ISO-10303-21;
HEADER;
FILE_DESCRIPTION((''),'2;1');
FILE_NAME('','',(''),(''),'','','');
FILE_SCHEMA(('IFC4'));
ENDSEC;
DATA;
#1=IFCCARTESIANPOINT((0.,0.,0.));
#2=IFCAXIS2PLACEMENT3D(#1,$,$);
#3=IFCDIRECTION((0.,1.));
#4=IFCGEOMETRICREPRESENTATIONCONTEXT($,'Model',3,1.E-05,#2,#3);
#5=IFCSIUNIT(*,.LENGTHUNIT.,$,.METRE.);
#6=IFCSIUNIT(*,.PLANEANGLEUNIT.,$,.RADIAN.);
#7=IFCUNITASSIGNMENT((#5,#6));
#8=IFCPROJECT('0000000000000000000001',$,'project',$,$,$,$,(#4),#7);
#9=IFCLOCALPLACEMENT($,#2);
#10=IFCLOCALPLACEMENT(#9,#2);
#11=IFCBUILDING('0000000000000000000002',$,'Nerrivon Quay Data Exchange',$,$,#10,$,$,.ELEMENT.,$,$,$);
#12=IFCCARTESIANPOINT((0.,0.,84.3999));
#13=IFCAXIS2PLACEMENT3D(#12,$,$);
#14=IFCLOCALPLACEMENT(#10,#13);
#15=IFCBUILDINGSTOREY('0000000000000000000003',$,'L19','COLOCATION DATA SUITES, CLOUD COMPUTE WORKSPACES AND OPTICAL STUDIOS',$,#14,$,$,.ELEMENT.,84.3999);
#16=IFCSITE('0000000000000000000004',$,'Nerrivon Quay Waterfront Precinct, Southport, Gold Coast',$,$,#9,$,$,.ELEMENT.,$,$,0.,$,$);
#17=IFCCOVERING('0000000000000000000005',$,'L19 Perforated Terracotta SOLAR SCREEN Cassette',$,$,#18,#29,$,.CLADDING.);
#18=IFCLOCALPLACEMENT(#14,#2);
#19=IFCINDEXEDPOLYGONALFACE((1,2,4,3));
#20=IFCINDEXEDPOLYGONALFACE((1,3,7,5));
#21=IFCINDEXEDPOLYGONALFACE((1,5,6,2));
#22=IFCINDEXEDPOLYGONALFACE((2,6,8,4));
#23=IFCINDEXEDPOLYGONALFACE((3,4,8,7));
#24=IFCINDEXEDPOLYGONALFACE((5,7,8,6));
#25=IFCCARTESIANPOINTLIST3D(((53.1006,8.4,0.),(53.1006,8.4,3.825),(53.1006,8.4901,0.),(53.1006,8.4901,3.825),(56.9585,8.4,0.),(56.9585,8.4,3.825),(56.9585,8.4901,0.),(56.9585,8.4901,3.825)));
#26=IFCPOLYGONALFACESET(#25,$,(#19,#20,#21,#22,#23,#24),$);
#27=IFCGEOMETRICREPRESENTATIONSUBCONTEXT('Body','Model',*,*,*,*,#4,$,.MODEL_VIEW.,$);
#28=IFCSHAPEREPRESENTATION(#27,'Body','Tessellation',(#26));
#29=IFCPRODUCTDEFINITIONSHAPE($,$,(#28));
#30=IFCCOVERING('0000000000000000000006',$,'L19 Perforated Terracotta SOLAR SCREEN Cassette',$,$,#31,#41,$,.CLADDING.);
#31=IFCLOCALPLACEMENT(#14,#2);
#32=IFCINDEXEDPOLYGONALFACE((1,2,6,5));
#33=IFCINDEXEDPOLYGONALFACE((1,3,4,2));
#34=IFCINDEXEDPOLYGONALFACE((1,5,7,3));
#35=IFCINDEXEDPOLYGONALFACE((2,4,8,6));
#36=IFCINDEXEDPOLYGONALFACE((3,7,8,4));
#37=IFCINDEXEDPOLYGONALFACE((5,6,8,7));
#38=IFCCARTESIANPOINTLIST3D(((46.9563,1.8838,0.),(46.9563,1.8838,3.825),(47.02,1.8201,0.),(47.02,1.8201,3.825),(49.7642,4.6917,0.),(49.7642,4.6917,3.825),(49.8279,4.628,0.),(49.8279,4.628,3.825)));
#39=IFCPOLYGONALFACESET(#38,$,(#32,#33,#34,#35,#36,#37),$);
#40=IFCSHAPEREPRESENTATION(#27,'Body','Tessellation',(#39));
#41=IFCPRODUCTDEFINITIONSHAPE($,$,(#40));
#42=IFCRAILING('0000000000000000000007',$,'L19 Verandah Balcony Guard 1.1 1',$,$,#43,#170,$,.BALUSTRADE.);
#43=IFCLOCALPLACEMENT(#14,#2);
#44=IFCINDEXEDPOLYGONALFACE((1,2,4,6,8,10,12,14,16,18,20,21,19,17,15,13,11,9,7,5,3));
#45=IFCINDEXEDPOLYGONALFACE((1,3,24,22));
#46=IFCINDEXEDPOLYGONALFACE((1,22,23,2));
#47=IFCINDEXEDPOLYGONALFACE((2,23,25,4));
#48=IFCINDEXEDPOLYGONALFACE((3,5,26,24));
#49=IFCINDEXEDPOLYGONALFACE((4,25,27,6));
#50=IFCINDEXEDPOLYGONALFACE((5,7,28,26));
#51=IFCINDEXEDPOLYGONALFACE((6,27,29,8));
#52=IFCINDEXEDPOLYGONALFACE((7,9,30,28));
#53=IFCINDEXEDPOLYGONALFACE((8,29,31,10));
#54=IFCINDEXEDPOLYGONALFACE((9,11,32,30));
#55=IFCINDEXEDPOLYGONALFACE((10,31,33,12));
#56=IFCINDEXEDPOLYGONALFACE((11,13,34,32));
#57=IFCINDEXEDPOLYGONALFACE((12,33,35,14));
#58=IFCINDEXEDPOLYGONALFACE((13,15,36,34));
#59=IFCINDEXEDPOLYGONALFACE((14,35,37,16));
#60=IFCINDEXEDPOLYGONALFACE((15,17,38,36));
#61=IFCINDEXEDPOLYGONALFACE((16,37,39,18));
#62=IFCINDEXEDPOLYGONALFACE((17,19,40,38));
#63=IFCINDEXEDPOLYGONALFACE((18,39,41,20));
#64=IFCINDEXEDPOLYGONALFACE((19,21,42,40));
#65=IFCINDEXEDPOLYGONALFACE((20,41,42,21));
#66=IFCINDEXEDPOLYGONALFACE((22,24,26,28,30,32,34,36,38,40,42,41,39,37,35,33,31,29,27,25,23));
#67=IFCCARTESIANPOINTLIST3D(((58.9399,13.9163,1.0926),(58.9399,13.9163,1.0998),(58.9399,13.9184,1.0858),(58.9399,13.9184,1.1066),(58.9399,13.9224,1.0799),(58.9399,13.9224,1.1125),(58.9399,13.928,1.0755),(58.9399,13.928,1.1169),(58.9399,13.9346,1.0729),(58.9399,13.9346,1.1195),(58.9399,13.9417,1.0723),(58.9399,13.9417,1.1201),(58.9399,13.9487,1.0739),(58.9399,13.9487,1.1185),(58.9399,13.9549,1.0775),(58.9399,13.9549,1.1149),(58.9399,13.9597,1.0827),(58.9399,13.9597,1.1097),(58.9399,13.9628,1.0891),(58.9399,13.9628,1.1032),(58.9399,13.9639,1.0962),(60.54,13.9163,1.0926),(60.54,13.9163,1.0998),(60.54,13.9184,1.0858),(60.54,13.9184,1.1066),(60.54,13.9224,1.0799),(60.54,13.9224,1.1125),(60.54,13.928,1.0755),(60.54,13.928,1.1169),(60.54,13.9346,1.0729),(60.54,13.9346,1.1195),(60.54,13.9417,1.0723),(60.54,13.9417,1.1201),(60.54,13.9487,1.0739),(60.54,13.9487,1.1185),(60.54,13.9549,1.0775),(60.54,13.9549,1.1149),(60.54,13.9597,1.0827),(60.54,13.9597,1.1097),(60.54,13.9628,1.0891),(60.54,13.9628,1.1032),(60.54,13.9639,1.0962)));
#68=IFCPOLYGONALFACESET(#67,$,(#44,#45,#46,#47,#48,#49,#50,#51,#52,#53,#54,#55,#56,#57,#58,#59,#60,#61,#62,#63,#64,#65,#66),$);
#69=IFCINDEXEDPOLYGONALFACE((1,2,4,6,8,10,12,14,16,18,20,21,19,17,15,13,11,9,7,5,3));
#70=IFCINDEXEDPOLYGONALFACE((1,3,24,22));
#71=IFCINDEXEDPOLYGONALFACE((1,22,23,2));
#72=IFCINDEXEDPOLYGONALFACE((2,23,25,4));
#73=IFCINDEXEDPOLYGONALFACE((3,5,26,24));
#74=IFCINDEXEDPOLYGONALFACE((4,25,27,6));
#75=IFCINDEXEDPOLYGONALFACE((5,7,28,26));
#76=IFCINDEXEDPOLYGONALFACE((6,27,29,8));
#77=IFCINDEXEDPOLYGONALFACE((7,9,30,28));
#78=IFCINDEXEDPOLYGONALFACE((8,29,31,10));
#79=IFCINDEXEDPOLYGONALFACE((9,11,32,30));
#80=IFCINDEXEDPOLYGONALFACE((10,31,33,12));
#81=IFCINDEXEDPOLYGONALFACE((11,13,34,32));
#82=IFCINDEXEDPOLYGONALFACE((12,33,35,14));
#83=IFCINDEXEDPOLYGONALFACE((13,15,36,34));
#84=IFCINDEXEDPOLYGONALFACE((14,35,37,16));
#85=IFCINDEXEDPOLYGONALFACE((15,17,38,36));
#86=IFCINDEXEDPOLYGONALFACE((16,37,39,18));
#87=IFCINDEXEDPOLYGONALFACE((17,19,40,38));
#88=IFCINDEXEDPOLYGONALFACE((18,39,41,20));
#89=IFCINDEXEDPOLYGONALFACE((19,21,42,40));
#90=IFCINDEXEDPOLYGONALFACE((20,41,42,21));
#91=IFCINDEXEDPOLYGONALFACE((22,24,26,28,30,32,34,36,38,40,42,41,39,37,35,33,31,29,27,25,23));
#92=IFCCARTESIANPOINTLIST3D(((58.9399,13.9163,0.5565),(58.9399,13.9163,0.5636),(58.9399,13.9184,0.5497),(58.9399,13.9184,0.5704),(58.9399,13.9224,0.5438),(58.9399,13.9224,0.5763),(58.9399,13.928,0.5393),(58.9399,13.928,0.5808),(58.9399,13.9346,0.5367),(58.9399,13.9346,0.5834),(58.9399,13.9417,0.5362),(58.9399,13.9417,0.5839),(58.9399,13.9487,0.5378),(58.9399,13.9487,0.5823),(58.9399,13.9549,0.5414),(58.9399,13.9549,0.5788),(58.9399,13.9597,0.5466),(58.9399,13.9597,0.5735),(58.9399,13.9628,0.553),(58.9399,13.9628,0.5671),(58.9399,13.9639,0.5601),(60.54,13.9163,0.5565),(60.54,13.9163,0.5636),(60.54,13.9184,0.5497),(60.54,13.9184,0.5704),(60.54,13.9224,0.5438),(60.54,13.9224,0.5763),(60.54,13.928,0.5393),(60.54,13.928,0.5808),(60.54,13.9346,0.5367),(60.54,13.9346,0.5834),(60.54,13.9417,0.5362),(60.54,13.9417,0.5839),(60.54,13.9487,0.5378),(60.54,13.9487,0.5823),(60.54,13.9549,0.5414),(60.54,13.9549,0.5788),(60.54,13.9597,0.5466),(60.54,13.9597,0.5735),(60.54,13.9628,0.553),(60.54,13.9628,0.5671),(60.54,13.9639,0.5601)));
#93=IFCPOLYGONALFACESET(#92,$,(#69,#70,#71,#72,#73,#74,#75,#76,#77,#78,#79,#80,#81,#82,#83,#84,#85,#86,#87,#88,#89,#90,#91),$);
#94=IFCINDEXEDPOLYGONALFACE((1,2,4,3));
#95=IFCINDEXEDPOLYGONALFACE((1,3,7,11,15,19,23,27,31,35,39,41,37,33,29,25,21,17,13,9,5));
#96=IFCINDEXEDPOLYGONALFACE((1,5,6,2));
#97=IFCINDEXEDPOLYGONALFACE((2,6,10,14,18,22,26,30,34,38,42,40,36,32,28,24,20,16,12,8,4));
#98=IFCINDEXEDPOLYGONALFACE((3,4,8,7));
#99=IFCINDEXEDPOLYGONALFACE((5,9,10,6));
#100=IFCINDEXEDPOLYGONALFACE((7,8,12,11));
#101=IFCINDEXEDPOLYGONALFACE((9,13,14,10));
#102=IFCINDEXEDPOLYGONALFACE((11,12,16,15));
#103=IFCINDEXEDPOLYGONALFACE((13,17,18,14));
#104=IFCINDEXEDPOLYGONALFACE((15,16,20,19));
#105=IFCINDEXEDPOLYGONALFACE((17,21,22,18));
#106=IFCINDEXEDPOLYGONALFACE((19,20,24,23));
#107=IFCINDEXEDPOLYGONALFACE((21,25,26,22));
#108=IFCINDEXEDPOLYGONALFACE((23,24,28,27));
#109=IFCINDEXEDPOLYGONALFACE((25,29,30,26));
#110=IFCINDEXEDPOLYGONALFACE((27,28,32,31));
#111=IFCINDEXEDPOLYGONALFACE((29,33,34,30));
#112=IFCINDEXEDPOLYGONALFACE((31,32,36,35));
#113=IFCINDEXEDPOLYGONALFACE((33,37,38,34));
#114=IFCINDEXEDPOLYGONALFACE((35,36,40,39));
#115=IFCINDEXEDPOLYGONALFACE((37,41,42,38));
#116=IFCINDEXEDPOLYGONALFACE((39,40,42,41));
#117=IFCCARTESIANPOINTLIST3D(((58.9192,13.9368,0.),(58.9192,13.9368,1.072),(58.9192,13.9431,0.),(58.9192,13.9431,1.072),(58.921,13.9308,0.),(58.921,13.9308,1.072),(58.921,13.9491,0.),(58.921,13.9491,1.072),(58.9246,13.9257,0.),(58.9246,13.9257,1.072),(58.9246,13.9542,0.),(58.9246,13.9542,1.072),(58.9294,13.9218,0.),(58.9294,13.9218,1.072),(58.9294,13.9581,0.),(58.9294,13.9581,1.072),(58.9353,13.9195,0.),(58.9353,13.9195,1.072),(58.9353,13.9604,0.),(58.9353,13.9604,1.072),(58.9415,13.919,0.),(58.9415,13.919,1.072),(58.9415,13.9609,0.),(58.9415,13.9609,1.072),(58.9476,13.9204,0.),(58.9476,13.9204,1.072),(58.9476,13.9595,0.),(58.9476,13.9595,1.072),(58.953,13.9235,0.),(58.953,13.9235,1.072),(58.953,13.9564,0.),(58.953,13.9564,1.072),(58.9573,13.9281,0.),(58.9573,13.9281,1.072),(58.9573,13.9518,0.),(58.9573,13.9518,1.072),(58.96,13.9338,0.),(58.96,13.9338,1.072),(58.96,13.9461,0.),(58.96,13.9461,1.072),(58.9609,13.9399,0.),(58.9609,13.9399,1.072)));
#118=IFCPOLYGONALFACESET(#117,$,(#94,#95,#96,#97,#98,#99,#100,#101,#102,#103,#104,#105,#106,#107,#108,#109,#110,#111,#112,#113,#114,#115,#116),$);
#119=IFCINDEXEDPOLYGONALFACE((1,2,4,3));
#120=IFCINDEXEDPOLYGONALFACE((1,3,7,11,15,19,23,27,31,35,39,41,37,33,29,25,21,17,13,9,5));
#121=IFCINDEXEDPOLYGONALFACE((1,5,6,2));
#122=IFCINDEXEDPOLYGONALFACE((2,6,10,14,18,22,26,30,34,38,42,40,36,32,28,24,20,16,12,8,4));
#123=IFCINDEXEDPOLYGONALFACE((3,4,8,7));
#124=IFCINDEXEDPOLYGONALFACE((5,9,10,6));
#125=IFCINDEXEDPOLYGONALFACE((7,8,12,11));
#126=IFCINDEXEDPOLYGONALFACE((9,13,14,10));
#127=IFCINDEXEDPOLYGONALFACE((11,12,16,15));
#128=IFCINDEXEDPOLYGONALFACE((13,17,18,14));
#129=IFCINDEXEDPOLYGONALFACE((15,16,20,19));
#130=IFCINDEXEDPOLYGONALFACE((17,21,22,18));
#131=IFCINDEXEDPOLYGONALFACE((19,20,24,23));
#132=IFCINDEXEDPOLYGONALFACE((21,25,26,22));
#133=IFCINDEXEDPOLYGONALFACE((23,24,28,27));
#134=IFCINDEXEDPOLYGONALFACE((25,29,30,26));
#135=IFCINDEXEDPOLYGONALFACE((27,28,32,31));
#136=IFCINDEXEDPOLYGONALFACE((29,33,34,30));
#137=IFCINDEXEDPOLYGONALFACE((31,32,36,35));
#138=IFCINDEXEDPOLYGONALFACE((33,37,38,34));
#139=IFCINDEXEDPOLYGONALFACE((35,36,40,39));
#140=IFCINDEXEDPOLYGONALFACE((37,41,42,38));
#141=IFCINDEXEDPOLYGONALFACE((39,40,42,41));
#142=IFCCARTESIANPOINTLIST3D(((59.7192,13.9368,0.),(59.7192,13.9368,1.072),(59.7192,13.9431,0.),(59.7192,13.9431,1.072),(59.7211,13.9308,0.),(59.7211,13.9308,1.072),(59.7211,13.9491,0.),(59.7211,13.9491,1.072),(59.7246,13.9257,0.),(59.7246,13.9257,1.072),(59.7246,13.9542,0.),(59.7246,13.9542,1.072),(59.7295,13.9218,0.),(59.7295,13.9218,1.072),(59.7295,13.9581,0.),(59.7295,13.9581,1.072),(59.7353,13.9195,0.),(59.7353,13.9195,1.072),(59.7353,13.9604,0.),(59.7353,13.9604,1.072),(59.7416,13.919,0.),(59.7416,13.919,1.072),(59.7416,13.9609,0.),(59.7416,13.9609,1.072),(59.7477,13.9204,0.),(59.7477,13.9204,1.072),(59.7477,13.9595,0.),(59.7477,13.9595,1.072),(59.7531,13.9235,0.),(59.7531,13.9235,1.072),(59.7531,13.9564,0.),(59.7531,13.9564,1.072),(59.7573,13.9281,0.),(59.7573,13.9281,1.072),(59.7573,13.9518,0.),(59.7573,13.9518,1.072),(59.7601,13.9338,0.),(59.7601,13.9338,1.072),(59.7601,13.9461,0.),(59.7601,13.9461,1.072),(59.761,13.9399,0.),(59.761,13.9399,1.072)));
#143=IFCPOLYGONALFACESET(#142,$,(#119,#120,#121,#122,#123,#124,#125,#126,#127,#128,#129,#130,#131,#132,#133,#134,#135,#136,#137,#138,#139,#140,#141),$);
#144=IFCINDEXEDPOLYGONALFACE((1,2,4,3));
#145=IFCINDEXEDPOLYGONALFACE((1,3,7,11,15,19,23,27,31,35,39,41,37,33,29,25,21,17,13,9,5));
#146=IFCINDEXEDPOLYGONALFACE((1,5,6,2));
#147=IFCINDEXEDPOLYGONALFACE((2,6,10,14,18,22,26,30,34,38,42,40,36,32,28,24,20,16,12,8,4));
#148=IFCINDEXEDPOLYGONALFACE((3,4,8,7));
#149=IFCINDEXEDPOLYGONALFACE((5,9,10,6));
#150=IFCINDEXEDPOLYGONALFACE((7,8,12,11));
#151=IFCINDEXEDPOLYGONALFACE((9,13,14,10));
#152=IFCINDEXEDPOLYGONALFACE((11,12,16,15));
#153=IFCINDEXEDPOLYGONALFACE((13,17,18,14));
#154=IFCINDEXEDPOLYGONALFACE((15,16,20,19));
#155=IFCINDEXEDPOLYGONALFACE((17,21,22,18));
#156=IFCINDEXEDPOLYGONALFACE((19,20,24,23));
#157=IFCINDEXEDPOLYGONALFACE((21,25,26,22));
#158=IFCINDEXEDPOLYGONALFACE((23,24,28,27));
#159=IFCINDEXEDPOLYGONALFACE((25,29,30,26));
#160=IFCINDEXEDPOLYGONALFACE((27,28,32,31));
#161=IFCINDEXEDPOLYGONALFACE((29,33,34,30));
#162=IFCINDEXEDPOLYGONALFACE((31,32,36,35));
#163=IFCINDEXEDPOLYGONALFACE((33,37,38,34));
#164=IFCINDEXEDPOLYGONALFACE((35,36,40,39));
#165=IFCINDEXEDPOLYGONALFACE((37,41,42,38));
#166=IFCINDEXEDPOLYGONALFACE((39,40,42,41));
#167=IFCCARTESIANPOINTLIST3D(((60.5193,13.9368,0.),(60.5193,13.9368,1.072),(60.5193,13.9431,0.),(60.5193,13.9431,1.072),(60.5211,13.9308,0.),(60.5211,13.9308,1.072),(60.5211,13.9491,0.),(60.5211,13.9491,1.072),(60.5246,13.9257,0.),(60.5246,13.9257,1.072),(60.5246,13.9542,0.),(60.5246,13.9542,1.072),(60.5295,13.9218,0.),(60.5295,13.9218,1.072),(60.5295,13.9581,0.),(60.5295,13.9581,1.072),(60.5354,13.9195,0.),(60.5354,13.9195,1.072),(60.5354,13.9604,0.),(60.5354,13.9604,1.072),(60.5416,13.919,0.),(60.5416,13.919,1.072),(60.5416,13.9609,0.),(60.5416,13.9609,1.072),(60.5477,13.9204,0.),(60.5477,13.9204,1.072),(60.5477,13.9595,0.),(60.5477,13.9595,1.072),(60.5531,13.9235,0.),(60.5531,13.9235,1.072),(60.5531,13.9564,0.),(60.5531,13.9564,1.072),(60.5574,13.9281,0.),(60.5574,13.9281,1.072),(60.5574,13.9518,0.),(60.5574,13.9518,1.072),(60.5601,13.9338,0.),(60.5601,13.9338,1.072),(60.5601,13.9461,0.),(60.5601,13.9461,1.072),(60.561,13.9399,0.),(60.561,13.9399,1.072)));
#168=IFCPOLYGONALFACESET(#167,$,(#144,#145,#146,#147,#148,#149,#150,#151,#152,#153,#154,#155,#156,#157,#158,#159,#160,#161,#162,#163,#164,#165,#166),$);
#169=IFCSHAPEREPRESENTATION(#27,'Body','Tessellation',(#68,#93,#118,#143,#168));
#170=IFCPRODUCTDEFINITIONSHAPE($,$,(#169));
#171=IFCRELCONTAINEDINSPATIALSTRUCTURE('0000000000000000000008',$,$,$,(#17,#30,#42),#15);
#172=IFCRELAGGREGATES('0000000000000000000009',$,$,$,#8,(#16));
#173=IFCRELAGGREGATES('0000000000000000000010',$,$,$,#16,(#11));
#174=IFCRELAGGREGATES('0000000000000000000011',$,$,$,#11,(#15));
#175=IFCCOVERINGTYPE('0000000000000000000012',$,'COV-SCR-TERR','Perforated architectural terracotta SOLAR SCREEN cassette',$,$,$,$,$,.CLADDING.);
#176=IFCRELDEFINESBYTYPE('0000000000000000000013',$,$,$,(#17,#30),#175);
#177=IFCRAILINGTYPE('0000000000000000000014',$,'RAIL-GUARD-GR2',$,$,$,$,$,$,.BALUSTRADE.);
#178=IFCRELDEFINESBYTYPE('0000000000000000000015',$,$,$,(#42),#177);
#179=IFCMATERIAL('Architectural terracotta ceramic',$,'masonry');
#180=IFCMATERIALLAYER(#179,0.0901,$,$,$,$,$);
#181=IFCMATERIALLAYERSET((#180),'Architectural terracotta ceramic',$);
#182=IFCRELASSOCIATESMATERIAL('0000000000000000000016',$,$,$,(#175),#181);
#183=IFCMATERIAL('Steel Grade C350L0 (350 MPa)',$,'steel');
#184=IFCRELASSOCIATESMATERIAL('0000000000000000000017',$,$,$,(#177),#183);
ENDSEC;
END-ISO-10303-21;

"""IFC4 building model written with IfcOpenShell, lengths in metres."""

from ifc_helpers import new_model, si_unit, direction, frame, origin, origin_2d, place, context, subcontext, project, spatial, rectangle, circle, extrude, material, layer, layer_set, type_object, element, save


model = new_model("IFC4")

# Units and contexts
model_context = context("Model", 3, precision=1e-05, world=origin(), true_north=direction((0.0, 1.0)))
body_context = subcontext(model_context, "Body", "Model", "MODEL_VIEW")
ifc_project = project(units=[si_unit("LENGTHUNIT", "METRE"), si_unit("PLANEANGLEUNIT", "RADIAN")], contexts=[model_context])

# Site, building, storey
site_placement = place(None, origin())
site = spatial("IfcSite", under=ifc_project, at=site_placement, Name="Nerrivon Quay Waterfront Precinct, Southport, Gold Coast", CompositionType="ELEMENT", RefElevation=0.0)
building_placement = place(site_placement, origin())
building = spatial("IfcBuilding", under=site, at=building_placement, Name="Nerrivon Quay Data Exchange", CompositionType="ELEMENT")
storey_placement = place(building_placement, frame((0.0, 0.0, 84.3999)))
storey = spatial("IfcBuildingStorey", under=building, at=storey_placement, Name="L19", Description="COLOCATION DATA SUITES, CLOUD COMPUTE WORKSPACES AND OPTICAL STUDIOS", CompositionType="ELEMENT", Elevation=84.3999)

# Coverings
ifc_material_1 = material(Name="Architectural terracotta ceramic", Category="masonry")
ifc_layer_1 = layer(ifc_material_1, 0.0901)
ifc_layer_set_1 = layer_set([ifc_layer_1], Name="Architectural terracotta ceramic")
covering_type = type_object("IfcCoveringType", Name="COV-SCR-TERR", Description="Perforated architectural terracotta SOLAR SCREEN cassette", PredefinedType="CLADDING", material=ifc_layer_set_1)
covering_1_placement = place(storey_placement, frame((55.0295, 8.4451, 0.0), z_axis=(0.0, 0.0, 1.0), x_axis=(-1.0, 0.0, 0.0)))
element("IfcCovering", 1, at=covering_1_placement, inside=storey, type_object=covering_type, Name="L19 Perforated Terracotta SOLAR SCREEN Cassette", PredefinedType="CLADDING", context=body_context, shape_type="SweptSolid", body=[
    extrude(rectangle(XDim=3.8579, YDim=0.0901, at=origin_2d()), origin(), (0.0, 0.0, 1.0), 3.825),
])
covering_2_placement = place(storey_placement, frame((48.3921, 3.2559, 0.0), z_axis=(0.0, 0.0, 1.0), x_axis=(-0.707107, -0.707107, 0.0)))
element("IfcCovering", 2, at=covering_2_placement, inside=storey, type_object=covering_type, Name="L19 Perforated Terracotta SOLAR SCREEN Cassette", PredefinedType="CLADDING", context=body_context, shape_type="SweptSolid", body=[
    extrude(rectangle(XDim=3.9709, YDim=0.0901, at=origin_2d()), origin(), (0.0, 0.0, 1.0), 3.825),
])

# Railing
ifc_material_2 = material(Name="Steel Grade C350L0 (350 MPa)", Category="steel")
railing_type = type_object("IfcRailingType", Name="RAIL-GUARD-GR2", PredefinedType="BALUSTRADE", material=ifc_material_2)
railing_1_placement = place(storey_placement, frame((58.9399, 13.9399, 0.0)))
element("IfcRailing", 3, at=railing_1_placement, inside=storey, type_object=railing_type, Name="L19 Verandah Balcony Guard 1.1 1", PredefinedType="BALUSTRADE", context=body_context, shape_type="SweptSolid", body=[
    extrude(circle(Radius=0.0239, at=origin_2d()), frame((0.0, 0.0, 1.0962), z_axis=(1.0, 0.0, 0.0), x_axis=(0.0, 1.0, 0.0)), (0.0, 0.0, 1.0), 1.6001),
    extrude(circle(Radius=0.0239, at=origin_2d()), frame((0.0, 0.0, 0.5601), z_axis=(1.0, 0.0, 0.0), x_axis=(0.0, 1.0, 0.0)), (0.0, 0.0, 1.0), 1.6001),
    extrude(circle(Radius=0.021, at=origin_2d()), origin(), (0.0, 0.0, 1.0), 1.072),
    extrude(circle(Radius=0.021, at=origin_2d()), frame((0.8, 0.0, 0.0)), (0.0, 0.0, 1.0), 1.072),
    extrude(circle(Radius=0.021, at=origin_2d()), frame((1.6001, 0.0, 0.0)), (0.0, 0.0, 1.0), 1.072),
])

save(model, "model.ifc")
